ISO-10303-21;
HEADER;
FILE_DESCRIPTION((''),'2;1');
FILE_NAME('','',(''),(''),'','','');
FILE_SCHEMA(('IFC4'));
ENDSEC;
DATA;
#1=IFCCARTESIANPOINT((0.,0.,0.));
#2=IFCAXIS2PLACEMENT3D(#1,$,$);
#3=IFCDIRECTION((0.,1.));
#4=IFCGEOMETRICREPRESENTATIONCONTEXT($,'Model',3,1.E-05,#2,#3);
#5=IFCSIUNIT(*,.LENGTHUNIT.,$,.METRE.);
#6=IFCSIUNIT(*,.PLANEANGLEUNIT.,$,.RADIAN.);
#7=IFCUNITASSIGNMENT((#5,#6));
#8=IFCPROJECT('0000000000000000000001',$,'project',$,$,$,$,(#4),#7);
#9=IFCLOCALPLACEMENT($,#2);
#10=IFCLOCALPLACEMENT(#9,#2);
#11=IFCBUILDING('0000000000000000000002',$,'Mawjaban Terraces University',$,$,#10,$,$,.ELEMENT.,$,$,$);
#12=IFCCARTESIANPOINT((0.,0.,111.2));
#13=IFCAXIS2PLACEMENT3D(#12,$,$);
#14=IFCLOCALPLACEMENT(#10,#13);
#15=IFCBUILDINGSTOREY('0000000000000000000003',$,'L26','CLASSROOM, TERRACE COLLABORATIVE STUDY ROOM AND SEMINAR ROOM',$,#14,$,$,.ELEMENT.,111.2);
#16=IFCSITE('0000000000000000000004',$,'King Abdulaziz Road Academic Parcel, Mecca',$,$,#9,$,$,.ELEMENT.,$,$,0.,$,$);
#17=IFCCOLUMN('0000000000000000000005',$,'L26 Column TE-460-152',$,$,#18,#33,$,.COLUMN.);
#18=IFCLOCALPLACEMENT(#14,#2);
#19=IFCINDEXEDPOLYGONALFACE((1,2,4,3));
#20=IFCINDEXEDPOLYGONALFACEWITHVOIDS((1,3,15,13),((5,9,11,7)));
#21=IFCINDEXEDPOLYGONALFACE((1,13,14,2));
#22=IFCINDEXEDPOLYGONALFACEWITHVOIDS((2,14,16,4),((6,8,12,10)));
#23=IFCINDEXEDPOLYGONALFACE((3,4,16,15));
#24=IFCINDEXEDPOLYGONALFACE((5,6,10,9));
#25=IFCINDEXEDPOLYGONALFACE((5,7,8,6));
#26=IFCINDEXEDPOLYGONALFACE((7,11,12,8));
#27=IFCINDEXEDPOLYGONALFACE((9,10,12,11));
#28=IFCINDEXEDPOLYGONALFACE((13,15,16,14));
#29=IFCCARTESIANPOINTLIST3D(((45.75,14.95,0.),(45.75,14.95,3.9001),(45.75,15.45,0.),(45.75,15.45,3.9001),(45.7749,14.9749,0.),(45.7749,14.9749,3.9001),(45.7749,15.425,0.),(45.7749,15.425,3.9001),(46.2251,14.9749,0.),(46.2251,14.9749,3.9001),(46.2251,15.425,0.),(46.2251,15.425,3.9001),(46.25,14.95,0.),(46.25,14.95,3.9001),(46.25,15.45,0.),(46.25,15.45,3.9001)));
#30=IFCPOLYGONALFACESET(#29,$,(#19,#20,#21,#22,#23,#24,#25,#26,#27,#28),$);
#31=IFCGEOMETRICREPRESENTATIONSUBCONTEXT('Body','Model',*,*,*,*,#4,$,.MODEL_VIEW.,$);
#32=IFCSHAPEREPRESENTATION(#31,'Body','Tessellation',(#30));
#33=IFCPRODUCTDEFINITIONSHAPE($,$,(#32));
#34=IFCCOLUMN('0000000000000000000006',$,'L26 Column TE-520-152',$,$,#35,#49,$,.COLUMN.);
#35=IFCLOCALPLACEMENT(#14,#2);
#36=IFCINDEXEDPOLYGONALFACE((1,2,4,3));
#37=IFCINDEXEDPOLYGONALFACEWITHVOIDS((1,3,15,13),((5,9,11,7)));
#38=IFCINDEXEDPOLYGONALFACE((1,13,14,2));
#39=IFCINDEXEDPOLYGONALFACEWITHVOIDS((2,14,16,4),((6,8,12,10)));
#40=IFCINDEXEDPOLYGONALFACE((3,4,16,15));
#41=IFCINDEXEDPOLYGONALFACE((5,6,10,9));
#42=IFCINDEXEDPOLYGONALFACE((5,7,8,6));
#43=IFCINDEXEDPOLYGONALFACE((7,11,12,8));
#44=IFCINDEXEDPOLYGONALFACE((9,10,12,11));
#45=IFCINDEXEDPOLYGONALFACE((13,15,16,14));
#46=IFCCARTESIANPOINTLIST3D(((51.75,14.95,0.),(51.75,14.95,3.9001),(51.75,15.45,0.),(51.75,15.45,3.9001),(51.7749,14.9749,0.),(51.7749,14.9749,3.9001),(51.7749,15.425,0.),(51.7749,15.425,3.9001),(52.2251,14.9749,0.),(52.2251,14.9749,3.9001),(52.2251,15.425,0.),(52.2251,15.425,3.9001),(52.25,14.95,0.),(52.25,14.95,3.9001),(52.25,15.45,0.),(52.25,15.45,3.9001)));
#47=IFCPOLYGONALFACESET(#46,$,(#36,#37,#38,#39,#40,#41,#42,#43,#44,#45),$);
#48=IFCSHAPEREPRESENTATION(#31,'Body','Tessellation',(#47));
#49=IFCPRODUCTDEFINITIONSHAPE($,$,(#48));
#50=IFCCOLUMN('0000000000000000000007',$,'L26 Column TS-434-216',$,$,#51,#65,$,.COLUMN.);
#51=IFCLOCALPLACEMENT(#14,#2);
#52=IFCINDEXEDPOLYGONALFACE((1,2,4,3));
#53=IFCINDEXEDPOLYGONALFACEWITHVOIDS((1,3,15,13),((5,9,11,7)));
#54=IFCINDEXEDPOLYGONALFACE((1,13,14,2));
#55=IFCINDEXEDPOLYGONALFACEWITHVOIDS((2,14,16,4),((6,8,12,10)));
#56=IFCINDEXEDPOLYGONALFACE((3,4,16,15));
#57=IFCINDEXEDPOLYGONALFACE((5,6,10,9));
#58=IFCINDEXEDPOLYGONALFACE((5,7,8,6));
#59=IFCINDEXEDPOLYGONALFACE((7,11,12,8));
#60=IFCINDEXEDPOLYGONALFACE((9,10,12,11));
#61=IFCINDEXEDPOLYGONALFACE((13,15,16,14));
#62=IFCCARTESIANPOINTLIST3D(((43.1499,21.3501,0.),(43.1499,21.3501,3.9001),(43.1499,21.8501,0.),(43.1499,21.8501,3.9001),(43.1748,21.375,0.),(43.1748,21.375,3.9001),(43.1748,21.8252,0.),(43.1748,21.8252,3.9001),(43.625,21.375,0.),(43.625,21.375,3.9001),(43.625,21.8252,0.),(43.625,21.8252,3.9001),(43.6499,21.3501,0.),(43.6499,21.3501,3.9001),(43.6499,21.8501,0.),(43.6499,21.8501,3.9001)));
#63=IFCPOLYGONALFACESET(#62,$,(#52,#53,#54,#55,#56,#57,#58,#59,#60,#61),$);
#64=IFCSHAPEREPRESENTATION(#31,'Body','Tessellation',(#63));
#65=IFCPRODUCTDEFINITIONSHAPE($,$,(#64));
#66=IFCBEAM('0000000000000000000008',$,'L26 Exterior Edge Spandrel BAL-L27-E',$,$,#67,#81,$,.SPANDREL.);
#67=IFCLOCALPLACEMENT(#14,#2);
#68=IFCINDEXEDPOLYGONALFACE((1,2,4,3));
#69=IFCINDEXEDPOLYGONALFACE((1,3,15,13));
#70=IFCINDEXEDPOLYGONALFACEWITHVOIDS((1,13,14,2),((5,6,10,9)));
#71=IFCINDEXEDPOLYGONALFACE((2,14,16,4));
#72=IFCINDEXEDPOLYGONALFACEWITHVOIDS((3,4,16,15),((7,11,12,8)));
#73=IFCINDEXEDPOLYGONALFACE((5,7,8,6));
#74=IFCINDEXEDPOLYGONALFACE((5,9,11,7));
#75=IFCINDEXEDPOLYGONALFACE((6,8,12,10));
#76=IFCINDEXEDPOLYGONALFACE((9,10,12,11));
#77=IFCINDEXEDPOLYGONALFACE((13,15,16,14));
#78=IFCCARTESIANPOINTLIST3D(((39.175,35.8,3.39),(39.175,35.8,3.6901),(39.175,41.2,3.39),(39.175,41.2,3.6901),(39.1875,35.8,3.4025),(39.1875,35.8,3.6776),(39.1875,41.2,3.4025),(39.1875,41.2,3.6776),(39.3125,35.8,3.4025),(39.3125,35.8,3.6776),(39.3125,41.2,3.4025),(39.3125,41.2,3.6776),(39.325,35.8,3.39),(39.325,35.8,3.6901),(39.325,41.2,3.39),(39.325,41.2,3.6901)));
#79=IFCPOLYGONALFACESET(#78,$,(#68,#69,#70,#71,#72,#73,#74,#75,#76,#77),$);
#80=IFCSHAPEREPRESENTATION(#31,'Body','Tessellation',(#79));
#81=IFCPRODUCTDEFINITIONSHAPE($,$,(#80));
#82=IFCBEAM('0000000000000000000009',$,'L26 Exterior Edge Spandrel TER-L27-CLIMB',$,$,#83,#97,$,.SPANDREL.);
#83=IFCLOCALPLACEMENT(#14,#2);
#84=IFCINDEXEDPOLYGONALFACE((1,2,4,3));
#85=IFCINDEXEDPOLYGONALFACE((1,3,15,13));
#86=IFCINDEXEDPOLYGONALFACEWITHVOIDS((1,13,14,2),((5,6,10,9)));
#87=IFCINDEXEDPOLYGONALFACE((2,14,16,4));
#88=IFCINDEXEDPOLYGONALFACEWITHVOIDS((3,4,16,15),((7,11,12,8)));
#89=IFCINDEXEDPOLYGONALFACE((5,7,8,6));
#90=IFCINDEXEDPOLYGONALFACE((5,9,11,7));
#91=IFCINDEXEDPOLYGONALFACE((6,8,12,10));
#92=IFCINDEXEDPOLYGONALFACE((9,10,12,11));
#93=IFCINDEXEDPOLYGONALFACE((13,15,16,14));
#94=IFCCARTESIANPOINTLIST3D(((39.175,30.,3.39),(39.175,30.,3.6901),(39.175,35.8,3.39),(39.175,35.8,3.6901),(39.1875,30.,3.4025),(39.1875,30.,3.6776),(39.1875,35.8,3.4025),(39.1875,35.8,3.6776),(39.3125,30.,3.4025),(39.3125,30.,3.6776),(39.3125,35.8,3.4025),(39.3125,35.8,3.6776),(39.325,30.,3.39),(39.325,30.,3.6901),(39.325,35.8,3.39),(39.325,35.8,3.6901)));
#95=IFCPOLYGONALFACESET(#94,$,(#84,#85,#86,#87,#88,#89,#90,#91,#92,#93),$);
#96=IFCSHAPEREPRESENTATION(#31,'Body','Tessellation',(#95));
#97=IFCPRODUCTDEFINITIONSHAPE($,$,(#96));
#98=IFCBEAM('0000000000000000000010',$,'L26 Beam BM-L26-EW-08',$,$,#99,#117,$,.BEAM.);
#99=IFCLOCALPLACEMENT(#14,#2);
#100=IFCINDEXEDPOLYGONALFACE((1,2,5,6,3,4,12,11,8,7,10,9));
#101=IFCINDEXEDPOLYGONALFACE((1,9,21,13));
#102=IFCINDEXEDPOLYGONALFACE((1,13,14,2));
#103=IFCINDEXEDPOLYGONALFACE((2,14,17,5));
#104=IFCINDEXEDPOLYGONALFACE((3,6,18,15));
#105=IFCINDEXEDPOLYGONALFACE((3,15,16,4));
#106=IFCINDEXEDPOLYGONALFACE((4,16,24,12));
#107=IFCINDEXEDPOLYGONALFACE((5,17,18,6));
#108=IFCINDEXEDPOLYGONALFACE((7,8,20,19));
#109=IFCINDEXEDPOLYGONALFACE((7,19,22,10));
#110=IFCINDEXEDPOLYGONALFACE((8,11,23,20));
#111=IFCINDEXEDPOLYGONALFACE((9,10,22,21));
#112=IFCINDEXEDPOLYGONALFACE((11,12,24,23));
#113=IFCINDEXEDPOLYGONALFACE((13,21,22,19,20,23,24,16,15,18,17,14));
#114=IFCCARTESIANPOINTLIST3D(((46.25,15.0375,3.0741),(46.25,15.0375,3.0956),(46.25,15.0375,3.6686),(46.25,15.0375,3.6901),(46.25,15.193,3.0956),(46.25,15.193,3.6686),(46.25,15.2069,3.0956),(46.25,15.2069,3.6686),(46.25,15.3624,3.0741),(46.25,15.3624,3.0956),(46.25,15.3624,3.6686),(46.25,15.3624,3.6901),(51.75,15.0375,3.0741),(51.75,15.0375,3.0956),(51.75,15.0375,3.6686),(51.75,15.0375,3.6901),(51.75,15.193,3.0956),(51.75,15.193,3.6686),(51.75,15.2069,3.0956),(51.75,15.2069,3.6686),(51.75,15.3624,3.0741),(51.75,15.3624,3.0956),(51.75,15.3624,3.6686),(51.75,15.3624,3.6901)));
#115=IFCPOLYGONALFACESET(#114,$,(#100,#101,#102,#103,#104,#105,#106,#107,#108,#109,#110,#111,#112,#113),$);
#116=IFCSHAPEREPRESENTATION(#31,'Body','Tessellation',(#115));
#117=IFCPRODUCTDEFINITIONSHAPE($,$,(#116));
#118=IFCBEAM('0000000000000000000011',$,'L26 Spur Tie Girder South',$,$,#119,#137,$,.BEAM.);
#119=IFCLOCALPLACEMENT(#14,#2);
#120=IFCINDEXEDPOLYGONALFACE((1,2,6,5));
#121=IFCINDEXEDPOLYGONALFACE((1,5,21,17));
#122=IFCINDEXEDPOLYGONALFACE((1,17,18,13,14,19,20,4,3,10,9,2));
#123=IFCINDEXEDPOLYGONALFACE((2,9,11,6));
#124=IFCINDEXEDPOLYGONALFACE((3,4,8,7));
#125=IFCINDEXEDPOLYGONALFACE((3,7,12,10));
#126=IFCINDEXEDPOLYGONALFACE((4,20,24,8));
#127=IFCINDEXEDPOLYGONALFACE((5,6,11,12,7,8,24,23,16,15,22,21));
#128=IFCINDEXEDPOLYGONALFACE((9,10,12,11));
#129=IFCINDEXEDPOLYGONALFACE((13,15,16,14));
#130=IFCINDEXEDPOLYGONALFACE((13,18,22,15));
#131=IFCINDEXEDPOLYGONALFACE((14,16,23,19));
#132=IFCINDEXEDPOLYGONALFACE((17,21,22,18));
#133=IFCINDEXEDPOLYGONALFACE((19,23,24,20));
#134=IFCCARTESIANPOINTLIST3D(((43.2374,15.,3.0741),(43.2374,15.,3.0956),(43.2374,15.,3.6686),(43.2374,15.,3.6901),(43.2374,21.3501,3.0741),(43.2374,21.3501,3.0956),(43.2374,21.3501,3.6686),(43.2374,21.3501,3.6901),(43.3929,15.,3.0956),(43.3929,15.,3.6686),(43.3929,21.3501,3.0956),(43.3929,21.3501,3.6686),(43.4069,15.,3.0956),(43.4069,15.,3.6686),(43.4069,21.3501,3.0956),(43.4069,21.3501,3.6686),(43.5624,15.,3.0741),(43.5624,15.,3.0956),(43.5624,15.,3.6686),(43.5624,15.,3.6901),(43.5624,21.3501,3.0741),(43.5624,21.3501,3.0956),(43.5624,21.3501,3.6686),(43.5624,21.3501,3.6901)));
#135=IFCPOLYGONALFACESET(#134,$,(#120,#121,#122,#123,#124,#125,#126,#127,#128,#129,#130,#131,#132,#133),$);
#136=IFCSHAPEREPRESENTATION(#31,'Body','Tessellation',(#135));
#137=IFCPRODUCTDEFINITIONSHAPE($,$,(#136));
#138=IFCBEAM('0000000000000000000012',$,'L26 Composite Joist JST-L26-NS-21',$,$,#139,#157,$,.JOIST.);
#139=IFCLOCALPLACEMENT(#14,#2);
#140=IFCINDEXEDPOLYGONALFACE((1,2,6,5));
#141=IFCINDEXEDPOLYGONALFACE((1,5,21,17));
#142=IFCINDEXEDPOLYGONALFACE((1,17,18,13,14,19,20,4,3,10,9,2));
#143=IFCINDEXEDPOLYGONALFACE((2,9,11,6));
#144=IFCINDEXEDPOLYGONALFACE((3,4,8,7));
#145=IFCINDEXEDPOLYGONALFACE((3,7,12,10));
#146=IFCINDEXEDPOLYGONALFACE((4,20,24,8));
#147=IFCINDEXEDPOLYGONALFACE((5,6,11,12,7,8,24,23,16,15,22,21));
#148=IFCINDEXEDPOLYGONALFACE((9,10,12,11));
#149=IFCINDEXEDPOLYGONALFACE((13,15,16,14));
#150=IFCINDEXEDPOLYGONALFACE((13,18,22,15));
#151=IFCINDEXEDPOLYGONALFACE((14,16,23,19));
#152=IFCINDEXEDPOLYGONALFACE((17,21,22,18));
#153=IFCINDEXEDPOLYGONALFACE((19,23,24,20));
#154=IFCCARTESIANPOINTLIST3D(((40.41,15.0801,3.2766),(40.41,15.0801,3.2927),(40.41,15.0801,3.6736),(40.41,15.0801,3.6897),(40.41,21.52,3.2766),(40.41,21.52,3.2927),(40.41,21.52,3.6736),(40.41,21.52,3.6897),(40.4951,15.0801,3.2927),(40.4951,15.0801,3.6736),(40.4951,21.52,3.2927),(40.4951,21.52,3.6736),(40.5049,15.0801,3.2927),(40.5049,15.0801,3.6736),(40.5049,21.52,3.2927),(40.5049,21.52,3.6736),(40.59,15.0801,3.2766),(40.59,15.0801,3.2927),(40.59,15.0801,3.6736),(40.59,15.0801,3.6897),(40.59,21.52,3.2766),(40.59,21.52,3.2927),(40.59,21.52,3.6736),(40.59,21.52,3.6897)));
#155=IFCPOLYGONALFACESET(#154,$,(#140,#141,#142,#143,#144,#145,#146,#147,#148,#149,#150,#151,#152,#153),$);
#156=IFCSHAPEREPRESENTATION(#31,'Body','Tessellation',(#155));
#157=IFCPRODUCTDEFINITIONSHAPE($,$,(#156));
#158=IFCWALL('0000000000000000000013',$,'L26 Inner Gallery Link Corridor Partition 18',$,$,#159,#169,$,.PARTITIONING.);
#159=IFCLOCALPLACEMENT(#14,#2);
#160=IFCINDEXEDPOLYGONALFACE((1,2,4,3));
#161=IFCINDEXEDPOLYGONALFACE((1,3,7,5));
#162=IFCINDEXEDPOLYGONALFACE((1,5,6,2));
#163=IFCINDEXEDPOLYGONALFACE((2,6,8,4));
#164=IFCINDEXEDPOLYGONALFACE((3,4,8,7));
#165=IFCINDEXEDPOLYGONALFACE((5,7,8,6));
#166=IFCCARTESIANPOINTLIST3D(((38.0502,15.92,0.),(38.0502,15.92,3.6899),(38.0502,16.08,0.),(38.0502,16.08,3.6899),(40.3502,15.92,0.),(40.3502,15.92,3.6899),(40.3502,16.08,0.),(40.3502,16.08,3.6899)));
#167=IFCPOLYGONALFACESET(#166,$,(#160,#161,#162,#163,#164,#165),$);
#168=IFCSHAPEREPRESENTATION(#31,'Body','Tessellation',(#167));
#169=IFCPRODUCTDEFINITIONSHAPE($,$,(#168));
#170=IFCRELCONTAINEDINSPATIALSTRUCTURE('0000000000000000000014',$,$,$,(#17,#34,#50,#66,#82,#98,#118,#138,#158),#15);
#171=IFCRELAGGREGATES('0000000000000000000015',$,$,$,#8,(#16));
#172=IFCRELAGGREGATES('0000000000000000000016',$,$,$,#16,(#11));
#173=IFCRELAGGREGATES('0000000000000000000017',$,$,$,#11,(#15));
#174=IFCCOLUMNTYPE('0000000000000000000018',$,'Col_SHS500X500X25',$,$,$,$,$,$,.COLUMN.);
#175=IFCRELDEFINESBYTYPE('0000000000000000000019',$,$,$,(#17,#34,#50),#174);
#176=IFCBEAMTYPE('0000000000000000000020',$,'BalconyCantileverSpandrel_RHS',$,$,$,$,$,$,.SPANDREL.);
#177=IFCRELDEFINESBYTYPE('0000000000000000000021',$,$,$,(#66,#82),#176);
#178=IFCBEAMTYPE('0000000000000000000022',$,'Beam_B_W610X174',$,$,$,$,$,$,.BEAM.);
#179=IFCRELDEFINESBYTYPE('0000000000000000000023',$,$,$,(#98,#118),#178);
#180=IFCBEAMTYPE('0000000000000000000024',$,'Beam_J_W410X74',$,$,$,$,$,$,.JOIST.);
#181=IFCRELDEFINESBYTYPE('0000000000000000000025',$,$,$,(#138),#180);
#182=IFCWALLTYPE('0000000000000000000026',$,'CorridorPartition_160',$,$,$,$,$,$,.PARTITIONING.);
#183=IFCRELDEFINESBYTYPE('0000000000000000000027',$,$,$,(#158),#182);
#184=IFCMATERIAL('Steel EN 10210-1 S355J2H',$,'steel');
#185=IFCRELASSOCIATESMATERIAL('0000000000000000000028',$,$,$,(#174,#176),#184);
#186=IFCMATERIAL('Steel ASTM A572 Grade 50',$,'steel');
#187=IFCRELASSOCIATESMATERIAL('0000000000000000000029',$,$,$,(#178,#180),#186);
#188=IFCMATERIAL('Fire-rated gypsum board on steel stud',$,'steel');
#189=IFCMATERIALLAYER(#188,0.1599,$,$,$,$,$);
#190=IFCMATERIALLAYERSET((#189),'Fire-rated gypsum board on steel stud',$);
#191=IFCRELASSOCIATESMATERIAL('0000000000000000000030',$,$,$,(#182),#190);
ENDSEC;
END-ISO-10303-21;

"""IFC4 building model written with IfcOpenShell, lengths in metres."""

from ifc_helpers import new_model, si_unit, direction, frame, frame_2d, origin, origin_2d, place, context, subcontext, project, spatial, rectangle, hollow_rectangle, i_section, extrude, material, layer, layer_set, material_profile, profile_set, type_object, element, save


model = new_model("IFC4")

# Units and contexts
model_context = context("Model", 3, precision=1e-05, world=origin(), true_north=direction((0.0, 1.0)))
body_context = subcontext(model_context, "Body", "Model", "MODEL_VIEW")
ifc_project = project(units=[si_unit("LENGTHUNIT", "METRE"), si_unit("PLANEANGLEUNIT", "RADIAN")], contexts=[model_context])

# Site, building, storey
site_placement = place(None, origin())
site = spatial("IfcSite", under=ifc_project, at=site_placement, Name="King Abdulaziz Road Academic Parcel, Mecca", CompositionType="ELEMENT", RefElevation=0.0)
building_placement = place(site_placement, origin())
building = spatial("IfcBuilding", under=site, at=building_placement, Name="Mawjaban Terraces University", CompositionType="ELEMENT")
storey_placement = place(building_placement, frame((0.0, 0.0, 111.2)))
storey = spatial("IfcBuildingStorey", under=building, at=storey_placement, Name="L26", Description="CLASSROOM, TERRACE COLLABORATIVE STUDY ROOM AND SEMINAR ROOM", CompositionType="ELEMENT", Elevation=111.2)

# Columns
ifc_material_1 = material(Name="Steel EN 10210-1 S355J2H", Category="steel")
ifc_material_profile_1 = material_profile(ifc_material_1, hollow_rectangle(XDim=0.5, YDim=0.5, WallThickness=0.0249, at=origin_2d()), Name="SHS500X500X25")
ifc_profile_set_1 = profile_set([ifc_material_profile_1], Name="Steel EN 10210-1 S355J2H")
column_type = type_object("IfcColumnType", Name="Col_SHS500X500X25", PredefinedType="COLUMN", material=ifc_profile_set_1)
for number, where, z_axis, x_axis, name in (
    (1, (46.0, 15.2, 0.0), (0.0, 0.0, 1.0), (1.0, 0.0, 0.0), "L26 Column TE-460-152"),
    (2, (52.0, 15.2, 0.0), (0.0, 0.0, 1.0), (1.0, 0.0, 0.0), "L26 Column TE-520-152"),
    (3, (43.3999, 21.6001, 0.0), (0.0, 0.0, 1.0), (1.0, 0.0, 0.0), "L26 Column TS-434-216"),
):
    element("IfcColumn", number, at=place(storey_placement, frame(where, z_axis=z_axis, x_axis=x_axis)), inside=storey, type_object=column_type, Name=name, PredefinedType="COLUMN", context=body_context, shape_type="SweptSolid", body=[
        extrude(hollow_rectangle(XDim=0.5, YDim=0.5, WallThickness=0.0249, at=origin_2d()), origin(), (0.0, 0.0, 1.0), 3.9001),
    ])

# Beams
ifc_material_profile_2 = material_profile(ifc_material_1, hollow_rectangle(XDim=0.1499, YDim=0.3, WallThickness=0.0125, at=origin_2d()), Name="RHS300X150X12.5")
ifc_profile_set_2 = profile_set([ifc_material_profile_2], Name="Steel EN 10210-1 S355J2H")
beam_type_1 = type_object("IfcBeamType", Name="BalconyCantileverSpandrel_RHS", PredefinedType="SPANDREL", material=ifc_profile_set_2)
beam_1_placement = place(storey_placement, frame((39.25, 35.8, 3.54), z_axis=(0.0, 1.0, 0.0), x_axis=(-1.0, 0.0, 0.0)))
element("IfcBeam", 4, at=beam_1_placement, inside=storey, type_object=beam_type_1, Name="L26 Exterior Edge Spandrel BAL-L27-E", PredefinedType="SPANDREL", context=body_context, shape_type="SweptSolid", body=[
    extrude(hollow_rectangle(XDim=0.1499, YDim=0.3, WallThickness=0.0125, at=origin_2d()), origin(), (0.0, 0.0, 1.0), 5.3999),
])
beam_2_placement = place(storey_placement, frame((39.25, 30.0, 3.54), z_axis=(0.0, 1.0, 0.0), x_axis=(-1.0, 0.0, 0.0)))
element("IfcBeam", 5, at=beam_2_placement, inside=storey, type_object=beam_type_1, Name="L26 Exterior Edge Spandrel TER-L27-CLIMB", PredefinedType="SPANDREL", context=body_context, shape_type="SweptSolid", body=[
    extrude(hollow_rectangle(XDim=0.1499, YDim=0.3, WallThickness=0.0125, at=origin_2d()), origin(), (0.0, 0.0, 1.0), 5.8),
])
ifc_material_2 = material(Name="Steel ASTM A572 Grade 50", Category="steel")
ifc_material_profile_3 = material_profile(ifc_material_2, i_section(OverallWidth=0.325, OverallDepth=0.616, WebThickness=0.0139, FlangeThickness=0.0215, at=origin_2d()), Name="W610X174")
ifc_profile_set_3 = profile_set([ifc_material_profile_3], Name="Steel ASTM A572 Grade 50")
beam_type_2 = type_object("IfcBeamType", Name="Beam_B_W610X174", PredefinedType="BEAM", material=ifc_profile_set_3)
beam_3_placement = place(storey_placement, frame((46.25, 15.2, 3.3821), z_axis=(1.0, 0.0, 0.0), x_axis=(0.0, 1.0, 0.0)))
element("IfcBeam", 6, at=beam_3_placement, inside=storey, type_object=beam_type_2, Name="L26 Beam BM-L26-EW-08", PredefinedType="BEAM", context=body_context, shape_type="SweptSolid", body=[
    extrude(i_section(OverallWidth=0.325, OverallDepth=0.616, WebThickness=0.0139, FlangeThickness=0.0215, at=origin_2d()), origin(), (0.0, 0.0, 1.0), 5.5),
])
beam_4_placement = place(storey_placement, frame((43.3999, 15.0, 3.3821), z_axis=(0.0, 1.0, 0.0), x_axis=(-1.0, 0.0, 0.0)))
element("IfcBeam", 7, at=beam_4_placement, inside=storey, type_object=beam_type_2, Name="L26 Spur Tie Girder South", PredefinedType="BEAM", context=body_context, shape_type="SweptSolid", body=[
    extrude(i_section(OverallWidth=0.325, OverallDepth=0.616, WebThickness=0.0139, FlangeThickness=0.0215, at=origin_2d()), origin(), (0.0, 0.0, 1.0), 6.3501),
])
ifc_material_profile_4 = material_profile(ifc_material_2, i_section(OverallWidth=0.1799, OverallDepth=0.4131, WebThickness=0.0098, FlangeThickness=0.0161, at=origin_2d()), Name="W410X74")
ifc_profile_set_4 = profile_set([ifc_material_profile_4], Name="Steel ASTM A572 Grade 50")
beam_type_3 = type_object("IfcBeamType", Name="Beam_J_W410X74", PredefinedType="JOIST", material=ifc_profile_set_4)
beam_5_placement = place(storey_placement, frame((40.5, 15.0801, 3.4832), z_axis=(0.0, 1.0, 0.0), x_axis=(-1.0, 0.0, 0.0)))
element("IfcBeam", 8, at=beam_5_placement, inside=storey, type_object=beam_type_3, Name="L26 Composite Joist JST-L26-NS-21", PredefinedType="JOIST", context=body_context, shape_type="SweptSolid", body=[
    extrude(i_section(OverallWidth=0.1799, OverallDepth=0.4131, WebThickness=0.0098, FlangeThickness=0.0161, at=origin_2d()), origin(), (0.0, 0.0, 1.0), 6.4399),
])

# Wall
ifc_material_3 = material(Name="Fire-rated gypsum board on steel stud", Category="steel")
ifc_layer_1 = layer(ifc_material_3, 0.1599)
ifc_layer_set_1 = layer_set([ifc_layer_1], Name="Fire-rated gypsum board on steel stud")
wall_type_1 = type_object("IfcWallType", Name="CorridorPartition_160", PredefinedType="PARTITIONING", material=ifc_layer_set_1)
wall_1_placement = place(storey_placement, frame((40.3501, 16.0, 0.0), z_axis=(0.0, 0.0, 1.0), x_axis=(-1.0, 0.0, 0.0)))
element("IfcWall", 9, at=wall_1_placement, inside=storey, type_object=wall_type_1, Name="L26 Inner Gallery Link Corridor Partition 18", PredefinedType="PARTITIONING", context=body_context, shape_type="SweptSolid", body=[
    extrude(rectangle(XDim=2.3, YDim=0.1599, at=frame_2d((1.1499, 0.0))), origin(), (0.0, 0.0, 1.0), 3.6899),
])

save(model, "model.ifc")
